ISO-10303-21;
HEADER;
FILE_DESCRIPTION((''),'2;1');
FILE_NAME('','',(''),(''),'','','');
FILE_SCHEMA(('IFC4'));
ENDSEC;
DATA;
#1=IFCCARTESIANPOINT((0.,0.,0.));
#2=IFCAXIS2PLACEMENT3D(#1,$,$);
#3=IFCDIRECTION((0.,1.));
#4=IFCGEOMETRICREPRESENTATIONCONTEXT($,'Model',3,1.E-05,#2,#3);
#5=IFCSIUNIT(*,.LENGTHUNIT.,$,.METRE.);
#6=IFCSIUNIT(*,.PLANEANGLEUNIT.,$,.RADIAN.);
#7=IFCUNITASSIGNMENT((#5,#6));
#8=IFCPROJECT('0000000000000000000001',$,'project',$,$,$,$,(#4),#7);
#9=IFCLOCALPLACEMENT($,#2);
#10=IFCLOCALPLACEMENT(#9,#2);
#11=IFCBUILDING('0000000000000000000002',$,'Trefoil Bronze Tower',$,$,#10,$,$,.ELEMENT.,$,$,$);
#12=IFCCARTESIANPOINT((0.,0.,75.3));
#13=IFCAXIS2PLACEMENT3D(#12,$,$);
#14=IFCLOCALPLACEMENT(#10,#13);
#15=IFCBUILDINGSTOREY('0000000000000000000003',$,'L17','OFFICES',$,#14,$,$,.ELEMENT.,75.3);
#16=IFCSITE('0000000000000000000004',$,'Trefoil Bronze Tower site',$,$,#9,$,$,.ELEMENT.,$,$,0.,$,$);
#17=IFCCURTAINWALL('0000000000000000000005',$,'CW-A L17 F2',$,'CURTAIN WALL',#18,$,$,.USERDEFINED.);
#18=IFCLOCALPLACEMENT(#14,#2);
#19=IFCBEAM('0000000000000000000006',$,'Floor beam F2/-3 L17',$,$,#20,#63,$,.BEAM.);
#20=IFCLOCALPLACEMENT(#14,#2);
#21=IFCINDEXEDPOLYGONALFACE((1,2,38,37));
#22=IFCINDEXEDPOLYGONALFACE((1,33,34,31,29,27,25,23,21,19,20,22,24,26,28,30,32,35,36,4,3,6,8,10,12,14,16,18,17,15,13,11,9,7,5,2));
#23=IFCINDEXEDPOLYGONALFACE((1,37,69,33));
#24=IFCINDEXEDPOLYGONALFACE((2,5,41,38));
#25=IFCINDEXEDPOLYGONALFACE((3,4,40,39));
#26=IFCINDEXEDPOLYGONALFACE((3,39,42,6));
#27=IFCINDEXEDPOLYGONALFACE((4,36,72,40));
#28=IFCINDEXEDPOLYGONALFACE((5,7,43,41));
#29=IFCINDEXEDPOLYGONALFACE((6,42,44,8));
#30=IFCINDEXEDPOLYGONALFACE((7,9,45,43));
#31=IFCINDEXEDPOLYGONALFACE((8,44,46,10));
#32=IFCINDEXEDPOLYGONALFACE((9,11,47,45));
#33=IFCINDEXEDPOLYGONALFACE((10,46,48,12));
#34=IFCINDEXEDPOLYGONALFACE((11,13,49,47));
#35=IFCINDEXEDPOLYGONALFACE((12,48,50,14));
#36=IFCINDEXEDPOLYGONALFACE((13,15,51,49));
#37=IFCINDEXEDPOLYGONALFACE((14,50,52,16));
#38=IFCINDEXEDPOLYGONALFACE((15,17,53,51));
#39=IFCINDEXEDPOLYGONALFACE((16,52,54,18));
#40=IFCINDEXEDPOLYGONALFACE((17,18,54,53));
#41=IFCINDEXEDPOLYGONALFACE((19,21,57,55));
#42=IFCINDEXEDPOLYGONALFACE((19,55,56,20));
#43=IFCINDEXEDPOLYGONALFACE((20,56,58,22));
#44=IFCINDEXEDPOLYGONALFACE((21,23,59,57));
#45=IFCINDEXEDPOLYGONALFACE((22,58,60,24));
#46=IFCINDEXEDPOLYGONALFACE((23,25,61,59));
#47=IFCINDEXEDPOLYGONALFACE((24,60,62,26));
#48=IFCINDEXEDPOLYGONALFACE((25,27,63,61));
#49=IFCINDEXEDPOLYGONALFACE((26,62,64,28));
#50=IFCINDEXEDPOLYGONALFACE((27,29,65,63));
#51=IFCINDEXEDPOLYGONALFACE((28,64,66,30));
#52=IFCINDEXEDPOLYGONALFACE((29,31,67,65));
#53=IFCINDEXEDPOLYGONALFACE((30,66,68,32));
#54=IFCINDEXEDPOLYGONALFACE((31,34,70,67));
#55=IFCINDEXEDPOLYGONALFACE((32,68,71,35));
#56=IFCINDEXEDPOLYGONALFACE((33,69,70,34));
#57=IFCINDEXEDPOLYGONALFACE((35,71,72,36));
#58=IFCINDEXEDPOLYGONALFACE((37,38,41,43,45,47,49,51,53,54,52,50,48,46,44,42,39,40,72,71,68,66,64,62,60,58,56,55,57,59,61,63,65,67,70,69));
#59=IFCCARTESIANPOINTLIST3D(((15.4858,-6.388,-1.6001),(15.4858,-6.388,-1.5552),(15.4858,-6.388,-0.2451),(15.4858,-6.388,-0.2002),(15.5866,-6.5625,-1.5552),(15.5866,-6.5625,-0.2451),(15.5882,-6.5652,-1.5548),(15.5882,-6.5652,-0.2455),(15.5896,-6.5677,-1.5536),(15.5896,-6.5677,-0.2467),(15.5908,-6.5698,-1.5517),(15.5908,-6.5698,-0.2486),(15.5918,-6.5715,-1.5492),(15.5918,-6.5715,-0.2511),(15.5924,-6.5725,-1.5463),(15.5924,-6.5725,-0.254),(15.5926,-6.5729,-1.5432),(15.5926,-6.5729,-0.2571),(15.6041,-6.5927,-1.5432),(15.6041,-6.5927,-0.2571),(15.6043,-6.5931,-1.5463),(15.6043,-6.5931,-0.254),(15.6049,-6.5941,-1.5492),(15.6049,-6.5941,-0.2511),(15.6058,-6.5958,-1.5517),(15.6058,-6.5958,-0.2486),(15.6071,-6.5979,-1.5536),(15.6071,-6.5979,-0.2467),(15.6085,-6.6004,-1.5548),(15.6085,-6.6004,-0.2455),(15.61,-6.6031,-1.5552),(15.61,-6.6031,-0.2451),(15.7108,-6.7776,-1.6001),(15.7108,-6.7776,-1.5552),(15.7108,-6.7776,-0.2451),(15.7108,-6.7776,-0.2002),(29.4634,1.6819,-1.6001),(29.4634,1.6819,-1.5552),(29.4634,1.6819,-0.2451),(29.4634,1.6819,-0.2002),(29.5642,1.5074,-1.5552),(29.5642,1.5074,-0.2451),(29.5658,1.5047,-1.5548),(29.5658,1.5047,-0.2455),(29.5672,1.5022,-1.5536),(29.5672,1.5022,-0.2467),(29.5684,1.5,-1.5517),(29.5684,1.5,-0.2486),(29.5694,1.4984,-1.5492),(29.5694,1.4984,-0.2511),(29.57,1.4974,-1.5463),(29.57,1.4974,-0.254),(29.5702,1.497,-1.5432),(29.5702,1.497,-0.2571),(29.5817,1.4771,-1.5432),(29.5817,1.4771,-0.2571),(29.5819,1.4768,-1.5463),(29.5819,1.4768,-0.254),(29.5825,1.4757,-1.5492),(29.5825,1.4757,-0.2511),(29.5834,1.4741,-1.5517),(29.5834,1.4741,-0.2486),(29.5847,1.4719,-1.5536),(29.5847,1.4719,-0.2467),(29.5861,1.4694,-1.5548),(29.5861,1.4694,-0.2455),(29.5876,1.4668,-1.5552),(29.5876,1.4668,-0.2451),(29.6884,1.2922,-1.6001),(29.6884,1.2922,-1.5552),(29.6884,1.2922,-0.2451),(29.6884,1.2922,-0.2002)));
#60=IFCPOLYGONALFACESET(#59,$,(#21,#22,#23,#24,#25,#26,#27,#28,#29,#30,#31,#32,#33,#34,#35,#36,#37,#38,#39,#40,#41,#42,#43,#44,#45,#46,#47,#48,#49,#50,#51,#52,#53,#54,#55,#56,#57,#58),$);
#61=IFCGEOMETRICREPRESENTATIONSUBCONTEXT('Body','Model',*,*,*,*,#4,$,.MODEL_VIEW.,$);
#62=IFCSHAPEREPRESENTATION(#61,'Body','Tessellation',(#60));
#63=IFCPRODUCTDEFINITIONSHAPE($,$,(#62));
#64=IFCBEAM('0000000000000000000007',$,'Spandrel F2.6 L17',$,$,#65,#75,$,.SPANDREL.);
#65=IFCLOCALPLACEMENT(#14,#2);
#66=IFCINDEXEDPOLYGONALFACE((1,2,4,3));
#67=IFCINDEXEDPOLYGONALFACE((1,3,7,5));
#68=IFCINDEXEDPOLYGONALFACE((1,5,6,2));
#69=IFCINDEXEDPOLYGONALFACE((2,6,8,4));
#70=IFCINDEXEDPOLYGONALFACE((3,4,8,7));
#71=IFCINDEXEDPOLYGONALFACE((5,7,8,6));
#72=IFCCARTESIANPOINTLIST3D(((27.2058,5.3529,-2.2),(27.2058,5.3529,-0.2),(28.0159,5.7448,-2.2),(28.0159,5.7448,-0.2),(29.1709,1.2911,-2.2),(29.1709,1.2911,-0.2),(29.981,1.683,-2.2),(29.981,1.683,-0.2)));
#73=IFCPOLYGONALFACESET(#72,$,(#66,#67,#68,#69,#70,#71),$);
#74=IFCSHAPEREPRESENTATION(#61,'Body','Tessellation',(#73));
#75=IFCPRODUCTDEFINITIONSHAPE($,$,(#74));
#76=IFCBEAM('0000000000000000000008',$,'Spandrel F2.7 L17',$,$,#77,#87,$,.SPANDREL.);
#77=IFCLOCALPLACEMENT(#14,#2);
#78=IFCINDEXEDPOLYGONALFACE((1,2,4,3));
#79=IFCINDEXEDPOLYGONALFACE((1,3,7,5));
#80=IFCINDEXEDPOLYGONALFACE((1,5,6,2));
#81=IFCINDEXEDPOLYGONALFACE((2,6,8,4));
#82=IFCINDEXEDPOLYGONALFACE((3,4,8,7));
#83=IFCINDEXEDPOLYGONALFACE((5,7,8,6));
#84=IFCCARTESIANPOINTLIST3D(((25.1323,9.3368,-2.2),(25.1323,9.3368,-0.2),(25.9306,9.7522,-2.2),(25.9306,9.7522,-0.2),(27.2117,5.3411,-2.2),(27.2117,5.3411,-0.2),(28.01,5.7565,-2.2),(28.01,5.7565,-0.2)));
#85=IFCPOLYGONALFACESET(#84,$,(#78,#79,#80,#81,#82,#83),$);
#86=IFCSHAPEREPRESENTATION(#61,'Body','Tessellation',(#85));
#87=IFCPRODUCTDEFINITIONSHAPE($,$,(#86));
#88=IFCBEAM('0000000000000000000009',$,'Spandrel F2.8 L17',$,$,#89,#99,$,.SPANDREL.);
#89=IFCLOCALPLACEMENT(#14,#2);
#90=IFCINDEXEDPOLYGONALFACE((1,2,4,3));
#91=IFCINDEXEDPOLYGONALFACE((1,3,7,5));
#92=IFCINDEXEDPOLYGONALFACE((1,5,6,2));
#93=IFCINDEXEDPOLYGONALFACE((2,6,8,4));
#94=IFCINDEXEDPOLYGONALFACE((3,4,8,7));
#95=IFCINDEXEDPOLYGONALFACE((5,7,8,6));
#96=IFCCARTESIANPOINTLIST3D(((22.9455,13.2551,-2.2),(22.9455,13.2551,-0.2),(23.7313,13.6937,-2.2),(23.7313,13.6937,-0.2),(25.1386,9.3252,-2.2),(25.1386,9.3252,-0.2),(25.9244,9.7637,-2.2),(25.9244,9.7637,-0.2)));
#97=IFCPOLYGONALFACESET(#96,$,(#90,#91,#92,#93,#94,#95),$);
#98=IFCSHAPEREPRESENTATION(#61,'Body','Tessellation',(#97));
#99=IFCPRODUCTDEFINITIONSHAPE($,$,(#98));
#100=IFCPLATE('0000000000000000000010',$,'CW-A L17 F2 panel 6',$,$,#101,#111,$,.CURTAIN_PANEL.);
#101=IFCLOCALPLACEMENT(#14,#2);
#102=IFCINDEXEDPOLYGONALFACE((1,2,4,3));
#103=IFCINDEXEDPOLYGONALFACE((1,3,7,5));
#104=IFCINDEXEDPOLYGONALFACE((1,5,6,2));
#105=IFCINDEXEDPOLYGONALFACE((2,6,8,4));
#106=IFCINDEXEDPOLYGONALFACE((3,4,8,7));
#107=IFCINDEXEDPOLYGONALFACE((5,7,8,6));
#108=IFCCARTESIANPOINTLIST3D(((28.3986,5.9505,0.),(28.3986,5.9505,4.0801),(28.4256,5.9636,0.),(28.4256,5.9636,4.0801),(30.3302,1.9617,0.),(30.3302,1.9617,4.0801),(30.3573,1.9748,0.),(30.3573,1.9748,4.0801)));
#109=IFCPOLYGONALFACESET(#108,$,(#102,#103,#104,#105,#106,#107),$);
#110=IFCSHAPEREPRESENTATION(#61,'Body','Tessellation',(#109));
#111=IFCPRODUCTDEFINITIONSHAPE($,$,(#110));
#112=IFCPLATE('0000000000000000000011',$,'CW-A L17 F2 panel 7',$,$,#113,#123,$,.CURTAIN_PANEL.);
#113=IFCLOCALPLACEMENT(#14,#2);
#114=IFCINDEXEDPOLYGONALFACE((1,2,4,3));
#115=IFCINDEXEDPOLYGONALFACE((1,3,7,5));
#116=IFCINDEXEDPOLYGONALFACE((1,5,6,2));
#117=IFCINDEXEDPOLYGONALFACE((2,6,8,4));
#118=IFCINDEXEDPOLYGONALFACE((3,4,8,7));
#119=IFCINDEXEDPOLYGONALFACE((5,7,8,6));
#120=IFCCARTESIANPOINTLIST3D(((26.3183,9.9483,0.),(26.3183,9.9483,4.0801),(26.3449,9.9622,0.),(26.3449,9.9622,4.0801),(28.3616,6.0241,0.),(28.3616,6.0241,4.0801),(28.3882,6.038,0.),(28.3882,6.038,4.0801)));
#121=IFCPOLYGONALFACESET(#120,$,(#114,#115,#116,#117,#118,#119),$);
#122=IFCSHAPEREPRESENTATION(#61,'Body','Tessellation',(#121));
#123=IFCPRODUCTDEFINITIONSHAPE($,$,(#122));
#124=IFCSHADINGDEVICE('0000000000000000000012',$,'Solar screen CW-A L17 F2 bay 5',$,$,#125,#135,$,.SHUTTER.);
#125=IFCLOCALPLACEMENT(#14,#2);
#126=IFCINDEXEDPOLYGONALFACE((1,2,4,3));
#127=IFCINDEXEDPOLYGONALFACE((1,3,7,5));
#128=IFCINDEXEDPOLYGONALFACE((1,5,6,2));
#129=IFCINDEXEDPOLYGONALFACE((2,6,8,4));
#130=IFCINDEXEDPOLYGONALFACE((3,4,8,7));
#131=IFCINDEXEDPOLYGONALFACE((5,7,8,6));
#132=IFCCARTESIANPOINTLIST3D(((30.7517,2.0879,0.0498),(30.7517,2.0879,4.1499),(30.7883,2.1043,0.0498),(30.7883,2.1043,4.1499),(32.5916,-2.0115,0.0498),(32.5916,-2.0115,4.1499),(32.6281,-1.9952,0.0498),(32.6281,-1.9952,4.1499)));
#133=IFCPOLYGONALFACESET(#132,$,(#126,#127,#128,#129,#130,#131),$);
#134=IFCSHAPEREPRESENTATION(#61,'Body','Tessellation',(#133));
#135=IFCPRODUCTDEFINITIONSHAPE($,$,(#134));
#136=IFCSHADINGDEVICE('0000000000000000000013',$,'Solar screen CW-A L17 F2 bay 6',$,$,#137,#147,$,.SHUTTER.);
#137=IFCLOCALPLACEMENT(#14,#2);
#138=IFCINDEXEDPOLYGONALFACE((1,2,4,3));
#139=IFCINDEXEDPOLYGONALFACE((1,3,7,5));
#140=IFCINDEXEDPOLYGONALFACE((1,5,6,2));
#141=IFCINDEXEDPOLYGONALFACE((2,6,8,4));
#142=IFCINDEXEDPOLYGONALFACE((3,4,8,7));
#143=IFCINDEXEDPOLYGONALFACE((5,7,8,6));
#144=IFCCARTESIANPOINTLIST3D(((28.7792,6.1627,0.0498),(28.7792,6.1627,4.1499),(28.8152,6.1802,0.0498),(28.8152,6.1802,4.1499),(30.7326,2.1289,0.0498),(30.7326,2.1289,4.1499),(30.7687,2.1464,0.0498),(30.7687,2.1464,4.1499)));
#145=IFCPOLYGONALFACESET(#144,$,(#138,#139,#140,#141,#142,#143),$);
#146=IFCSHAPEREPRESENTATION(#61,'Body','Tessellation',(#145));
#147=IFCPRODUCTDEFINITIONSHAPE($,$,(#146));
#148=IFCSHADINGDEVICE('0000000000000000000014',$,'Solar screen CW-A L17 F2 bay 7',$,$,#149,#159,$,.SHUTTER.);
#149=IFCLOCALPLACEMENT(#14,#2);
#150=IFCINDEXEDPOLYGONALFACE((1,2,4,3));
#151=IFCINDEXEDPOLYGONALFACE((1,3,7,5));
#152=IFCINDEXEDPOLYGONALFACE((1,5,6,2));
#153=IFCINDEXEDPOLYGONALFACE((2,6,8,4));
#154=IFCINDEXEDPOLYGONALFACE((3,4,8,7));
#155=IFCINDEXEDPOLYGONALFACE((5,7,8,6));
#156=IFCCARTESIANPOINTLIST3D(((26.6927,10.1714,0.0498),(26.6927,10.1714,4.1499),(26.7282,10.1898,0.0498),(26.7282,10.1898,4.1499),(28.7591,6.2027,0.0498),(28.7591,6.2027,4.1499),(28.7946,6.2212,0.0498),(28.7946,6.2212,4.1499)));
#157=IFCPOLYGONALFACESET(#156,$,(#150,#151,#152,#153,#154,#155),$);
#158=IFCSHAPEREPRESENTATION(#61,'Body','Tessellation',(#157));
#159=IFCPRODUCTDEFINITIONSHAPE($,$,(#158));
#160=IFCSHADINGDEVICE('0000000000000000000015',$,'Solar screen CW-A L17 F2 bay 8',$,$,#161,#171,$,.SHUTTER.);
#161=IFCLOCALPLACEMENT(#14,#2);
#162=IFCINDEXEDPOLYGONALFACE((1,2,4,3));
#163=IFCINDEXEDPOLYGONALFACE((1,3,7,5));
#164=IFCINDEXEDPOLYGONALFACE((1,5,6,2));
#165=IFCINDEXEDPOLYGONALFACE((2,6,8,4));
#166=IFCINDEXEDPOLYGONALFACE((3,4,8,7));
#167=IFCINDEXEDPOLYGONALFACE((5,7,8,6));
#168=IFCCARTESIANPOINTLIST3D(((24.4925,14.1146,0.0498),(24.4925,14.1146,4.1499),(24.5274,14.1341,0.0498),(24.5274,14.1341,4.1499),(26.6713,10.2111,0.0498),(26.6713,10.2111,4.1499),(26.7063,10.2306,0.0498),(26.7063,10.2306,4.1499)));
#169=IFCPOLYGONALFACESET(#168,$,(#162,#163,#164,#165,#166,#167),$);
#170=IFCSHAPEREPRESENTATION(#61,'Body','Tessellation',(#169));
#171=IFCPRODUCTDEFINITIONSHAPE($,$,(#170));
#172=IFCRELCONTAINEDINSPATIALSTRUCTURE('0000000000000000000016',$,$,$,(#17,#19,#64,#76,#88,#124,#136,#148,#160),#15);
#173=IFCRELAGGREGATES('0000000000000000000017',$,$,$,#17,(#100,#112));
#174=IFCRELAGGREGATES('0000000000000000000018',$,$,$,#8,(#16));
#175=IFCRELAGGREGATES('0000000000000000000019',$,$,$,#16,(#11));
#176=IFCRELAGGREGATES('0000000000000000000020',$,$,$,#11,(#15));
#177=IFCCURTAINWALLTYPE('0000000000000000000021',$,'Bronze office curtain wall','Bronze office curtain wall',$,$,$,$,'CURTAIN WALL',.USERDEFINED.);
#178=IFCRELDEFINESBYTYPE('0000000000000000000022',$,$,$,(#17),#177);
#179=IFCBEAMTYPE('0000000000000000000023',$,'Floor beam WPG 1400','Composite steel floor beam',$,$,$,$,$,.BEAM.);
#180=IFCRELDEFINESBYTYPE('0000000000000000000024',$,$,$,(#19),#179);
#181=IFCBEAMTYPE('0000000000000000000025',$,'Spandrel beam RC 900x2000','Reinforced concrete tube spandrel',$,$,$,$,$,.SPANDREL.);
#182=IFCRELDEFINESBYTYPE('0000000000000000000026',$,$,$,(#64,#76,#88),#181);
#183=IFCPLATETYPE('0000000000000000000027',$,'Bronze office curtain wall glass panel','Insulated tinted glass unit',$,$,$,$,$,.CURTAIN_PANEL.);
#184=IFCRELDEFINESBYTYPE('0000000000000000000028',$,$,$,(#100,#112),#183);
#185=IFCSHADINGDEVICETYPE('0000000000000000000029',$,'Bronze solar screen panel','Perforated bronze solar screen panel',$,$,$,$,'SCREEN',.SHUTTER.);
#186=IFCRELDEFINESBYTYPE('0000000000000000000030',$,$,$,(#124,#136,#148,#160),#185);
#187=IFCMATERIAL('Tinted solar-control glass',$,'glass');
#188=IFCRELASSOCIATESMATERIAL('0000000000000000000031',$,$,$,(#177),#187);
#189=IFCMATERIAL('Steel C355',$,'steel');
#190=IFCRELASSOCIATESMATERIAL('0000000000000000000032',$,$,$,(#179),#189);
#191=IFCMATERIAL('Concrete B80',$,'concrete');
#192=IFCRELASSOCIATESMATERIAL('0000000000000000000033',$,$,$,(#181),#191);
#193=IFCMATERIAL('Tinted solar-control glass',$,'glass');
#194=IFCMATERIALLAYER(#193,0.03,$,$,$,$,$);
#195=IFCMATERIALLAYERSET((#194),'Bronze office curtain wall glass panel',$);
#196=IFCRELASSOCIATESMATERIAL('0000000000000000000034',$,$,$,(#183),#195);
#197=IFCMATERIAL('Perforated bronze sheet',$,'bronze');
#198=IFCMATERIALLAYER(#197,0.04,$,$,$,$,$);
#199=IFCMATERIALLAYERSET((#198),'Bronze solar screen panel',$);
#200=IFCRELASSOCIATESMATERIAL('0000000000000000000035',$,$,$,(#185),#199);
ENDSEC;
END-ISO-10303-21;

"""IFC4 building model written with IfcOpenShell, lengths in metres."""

from ifc_helpers import new_model, si_unit, direction, frame, origin, origin_2d, place, context, subcontext, project, spatial, rectangle, i_section, extrude, material, layer, layer_set, material_profile, profile_set, type_object, element, aggregate, save


model = new_model("IFC4")

# Units and contexts
model_context = context("Model", 3, precision=1e-05, world=origin(), true_north=direction((0.0, 1.0)))
body_context = subcontext(model_context, "Body", "Model", "MODEL_VIEW")
ifc_project = project(units=[si_unit("LENGTHUNIT", "METRE"), si_unit("PLANEANGLEUNIT", "RADIAN")], contexts=[model_context])

# Site, building, storey
site_placement = place(None, origin())
site = spatial("IfcSite", under=ifc_project, at=site_placement, Name="Trefoil Bronze Tower site", CompositionType="ELEMENT", RefElevation=0.0)
building_placement = place(site_placement, origin())
building = spatial("IfcBuilding", under=site, at=building_placement, Name="Trefoil Bronze Tower", CompositionType="ELEMENT")
storey_placement = place(building_placement, frame((0.0, 0.0, 75.3)))
storey = spatial("IfcBuildingStorey", under=building, at=storey_placement, Name="L17", Description="OFFICES", CompositionType="ELEMENT", Elevation=75.3)

# Curtain wall
ifc_material_1 = material(Name="Tinted solar-control glass", Category="glass")
curtain_wall_type = type_object("IfcCurtainWallType", Name="Bronze office curtain wall", Description="Bronze office curtain wall", ElementType="CURTAIN WALL", PredefinedType="USERDEFINED", material=ifc_material_1)
curtain_wall_placement = place(storey_placement, origin())
curtain_wall = element("IfcCurtainWall", 1, at=curtain_wall_placement, inside=storey, type_object=curtain_wall_type, Name="CW-A L17 F2", ObjectType="CURTAIN WALL", PredefinedType="USERDEFINED")

# Beams
ifc_material_2 = material(Name="Steel C355", Category="steel")
ifc_material_profile_1 = material_profile(ifc_material_2, i_section(OverallWidth=0.45, OverallDepth=1.3999, WebThickness=0.0229, FlangeThickness=0.0449, FilletRadius=0.012, at=origin_2d()), Name="WPG 1400")
ifc_profile_set_1 = profile_set([ifc_material_profile_1], Name="Steel C355")
beam_type_1 = type_object("IfcBeamType", Name="Floor beam WPG 1400", Description="Composite steel floor beam", PredefinedType="BEAM", material=ifc_profile_set_1)
beam_1_placement = place(storey_placement, frame((29.5759, 1.4871, -0.9001), z_axis=(-0.866028, -0.499995, 0.0), x_axis=(0.499995, -0.866028, 0.0)))
element("IfcBeam", 2, at=beam_1_placement, inside=storey, type_object=beam_type_1, Name="Floor beam F2/-3 L17", PredefinedType="BEAM", context=body_context, shape_type="SweptSolid", body=[
    extrude(i_section(OverallWidth=0.45, OverallDepth=1.3999, WebThickness=0.0229, FlangeThickness=0.0449, FilletRadius=0.012, at=origin_2d()), origin(), (0.0, 0.0, 1.0), 16.1399),
])
ifc_material_3 = material(Name="Concrete B80", Category="concrete")
ifc_material_profile_2 = material_profile(ifc_material_3, rectangle(XDim=0.8999, YDim=2.0, at=origin_2d()), Name="RC 900x2000")
ifc_profile_set_2 = profile_set([ifc_material_profile_2], Name="Concrete B80")
beam_type_2 = type_object("IfcBeamType", Name="Spandrel beam RC 900x2000", Description="Reinforced concrete tube spandrel", PredefinedType="SPANDREL", material=ifc_profile_set_2)
beam_2_placement = place(storey_placement, frame((29.5759, 1.4871, -1.2), z_axis=(-0.43551, 0.900184, 0.0), x_axis=(-0.900184, -0.43551, 0.0)))
element("IfcBeam", 3, at=beam_2_placement, inside=storey, type_object=beam_type_2, Name="Spandrel F2.6 L17", PredefinedType="SPANDREL", context=body_context, shape_type="SweptSolid", body=[
    extrude(rectangle(XDim=0.8999, YDim=2.0, at=origin_2d()), origin(), (0.0, 0.0, 1.0), 4.5122),
])
beam_3_placement = place(storey_placement, frame((27.6108, 5.5488, -1.2), z_axis=(-0.461638, 0.887069, 0.0), x_axis=(-0.887069, -0.461638, 0.0)))
element("IfcBeam", 4, at=beam_3_placement, inside=storey, type_object=beam_type_2, Name="Spandrel F2.7 L17", PredefinedType="SPANDREL", context=body_context, shape_type="SweptSolid", body=[
    extrude(rectangle(XDim=0.8999, YDim=2.0, at=origin_2d()), origin(), (0.0, 0.0, 1.0), 4.5044),
])
beam_4_placement = place(storey_placement, frame((25.5315, 9.5444, -1.2), z_axis=(-0.487309, 0.873229, 0.0), x_axis=(-0.873229, -0.487309, 0.0)))
element("IfcBeam", 5, at=beam_4_placement, inside=storey, type_object=beam_type_2, Name="Spandrel F2.8 L17", PredefinedType="SPANDREL", context=body_context, shape_type="SweptSolid", body=[
    extrude(rectangle(XDim=0.8999, YDim=2.0, at=origin_2d()), origin(), (0.0, 0.0, 1.0), 4.5005),
])

# Plates
ifc_material_4 = material(Name="Tinted solar-control glass", Category="glass")
ifc_layer_1 = layer(ifc_material_4, 0.03)
ifc_layer_set_1 = layer_set([ifc_layer_1], Name="Bronze office curtain wall glass panel")
plate_type = type_object("IfcPlateType", Name="Bronze office curtain wall glass panel", Description="Insulated tinted glass unit", PredefinedType="CURTAIN_PANEL", material=ifc_layer_set_1)
plate_1_placement = place(storey_placement, frame((29.3779, 3.9626, 0.0), z_axis=(0.0, 0.0, 1.0), x_axis=(-0.435855, 0.900017, 0.0)))
plate_1 = element("IfcPlate", 6, at=plate_1_placement, type_object=plate_type, Name="CW-A L17 F2 panel 6", PredefinedType="CURTAIN_PANEL", context=body_context, shape_type="SweptSolid", body=[
    extrude(rectangle(XDim=4.4319, YDim=0.03, at=origin_2d()), origin(), (0.0, 0.0, 1.0), 4.0801),
])
plate_2_placement = place(storey_placement, frame((27.3533, 7.9932, 0.0), z_axis=(0.0, 0.0, 1.0), x_axis=(-0.46183, 0.886969, 0.0)))
plate_2 = element("IfcPlate", 7, at=plate_2_placement, type_object=plate_type, Name="CW-A L17 F2 panel 7", PredefinedType="CURTAIN_PANEL", context=body_context, shape_type="SweptSolid", body=[
    extrude(rectangle(XDim=4.4243, YDim=0.03, at=origin_2d()), origin(), (0.0, 0.0, 1.0), 4.0801),
])
aggregate(curtain_wall, [plate_1, plate_2])

# Shading devices
ifc_material_5 = material(Name="Perforated bronze sheet", Category="bronze")
ifc_layer_2 = layer(ifc_material_5, 0.04)
ifc_layer_set_2 = layer_set([ifc_layer_2], Name="Bronze solar screen panel")
shading_device_type = type_object("IfcShadingDeviceType", Name="Bronze solar screen panel", Description="Perforated bronze solar screen panel", ElementType="SCREEN", PredefinedType="SHUTTER", material=ifc_layer_set_2)
shading_device_1_placement = place(storey_placement, frame((31.6899, 0.0464, 0.0498), z_axis=(0.0, 0.0, 1.0), x_axis=(-0.409456, 0.91233, 0.0)))
element("IfcShadingDevice", 8, at=shading_device_1_placement, inside=storey, type_object=shading_device_type, Name="Solar screen CW-A L17 F2 bay 5", PredefinedType="SHUTTER", context=body_context, shape_type="SweptSolid", body=[
    extrude(rectangle(XDim=4.4934, YDim=0.04, at=origin_2d()), origin(), (0.0, 0.0, 1.0), 4.1001),
])
shading_device_2_placement = place(storey_placement, frame((29.7739, 4.1545, 0.0498), z_axis=(0.0, 0.0, 1.0), x_axis=(-0.435855, 0.900017, 0.0)))
element("IfcShadingDevice", 9, at=shading_device_2_placement, inside=storey, type_object=shading_device_type, Name="Solar screen CW-A L17 F2 bay 6", PredefinedType="SHUTTER", context=body_context, shape_type="SweptSolid", body=[
    extrude(rectangle(XDim=4.4819, YDim=0.04, at=origin_2d()), origin(), (0.0, 0.0, 1.0), 4.1001),
])
shading_device_3_placement = place(storey_placement, frame((27.7437, 8.1963, 0.0498), z_axis=(0.0, 0.0, 1.0), x_axis=(-0.46183, 0.886969, 0.0)))
element("IfcShadingDevice", 10, at=shading_device_3_placement, inside=storey, type_object=shading_device_type, Name="Solar screen CW-A L17 F2 bay 7", PredefinedType="SHUTTER", context=body_context, shape_type="SweptSolid", body=[
    extrude(rectangle(XDim=4.4744, YDim=0.04, at=origin_2d()), origin(), (0.0, 0.0, 1.0), 4.1001),
])
shading_device_4_placement = place(storey_placement, frame((25.5994, 12.1726, 0.0498), z_axis=(0.0, 0.0, 1.0), x_axis=(-0.487382, 0.873189, 0.0)))
element("IfcShadingDevice", 11, at=shading_device_4_placement, inside=storey, type_object=shading_device_type, Name="Solar screen CW-A L17 F2 bay 8", PredefinedType="SHUTTER", context=body_context, shape_type="SweptSolid", body=[
    extrude(rectangle(XDim=4.4705, YDim=0.04, at=origin_2d()), origin(), (0.0, 0.0, 1.0), 4.1001),
])

save(model, "model.ifc")
